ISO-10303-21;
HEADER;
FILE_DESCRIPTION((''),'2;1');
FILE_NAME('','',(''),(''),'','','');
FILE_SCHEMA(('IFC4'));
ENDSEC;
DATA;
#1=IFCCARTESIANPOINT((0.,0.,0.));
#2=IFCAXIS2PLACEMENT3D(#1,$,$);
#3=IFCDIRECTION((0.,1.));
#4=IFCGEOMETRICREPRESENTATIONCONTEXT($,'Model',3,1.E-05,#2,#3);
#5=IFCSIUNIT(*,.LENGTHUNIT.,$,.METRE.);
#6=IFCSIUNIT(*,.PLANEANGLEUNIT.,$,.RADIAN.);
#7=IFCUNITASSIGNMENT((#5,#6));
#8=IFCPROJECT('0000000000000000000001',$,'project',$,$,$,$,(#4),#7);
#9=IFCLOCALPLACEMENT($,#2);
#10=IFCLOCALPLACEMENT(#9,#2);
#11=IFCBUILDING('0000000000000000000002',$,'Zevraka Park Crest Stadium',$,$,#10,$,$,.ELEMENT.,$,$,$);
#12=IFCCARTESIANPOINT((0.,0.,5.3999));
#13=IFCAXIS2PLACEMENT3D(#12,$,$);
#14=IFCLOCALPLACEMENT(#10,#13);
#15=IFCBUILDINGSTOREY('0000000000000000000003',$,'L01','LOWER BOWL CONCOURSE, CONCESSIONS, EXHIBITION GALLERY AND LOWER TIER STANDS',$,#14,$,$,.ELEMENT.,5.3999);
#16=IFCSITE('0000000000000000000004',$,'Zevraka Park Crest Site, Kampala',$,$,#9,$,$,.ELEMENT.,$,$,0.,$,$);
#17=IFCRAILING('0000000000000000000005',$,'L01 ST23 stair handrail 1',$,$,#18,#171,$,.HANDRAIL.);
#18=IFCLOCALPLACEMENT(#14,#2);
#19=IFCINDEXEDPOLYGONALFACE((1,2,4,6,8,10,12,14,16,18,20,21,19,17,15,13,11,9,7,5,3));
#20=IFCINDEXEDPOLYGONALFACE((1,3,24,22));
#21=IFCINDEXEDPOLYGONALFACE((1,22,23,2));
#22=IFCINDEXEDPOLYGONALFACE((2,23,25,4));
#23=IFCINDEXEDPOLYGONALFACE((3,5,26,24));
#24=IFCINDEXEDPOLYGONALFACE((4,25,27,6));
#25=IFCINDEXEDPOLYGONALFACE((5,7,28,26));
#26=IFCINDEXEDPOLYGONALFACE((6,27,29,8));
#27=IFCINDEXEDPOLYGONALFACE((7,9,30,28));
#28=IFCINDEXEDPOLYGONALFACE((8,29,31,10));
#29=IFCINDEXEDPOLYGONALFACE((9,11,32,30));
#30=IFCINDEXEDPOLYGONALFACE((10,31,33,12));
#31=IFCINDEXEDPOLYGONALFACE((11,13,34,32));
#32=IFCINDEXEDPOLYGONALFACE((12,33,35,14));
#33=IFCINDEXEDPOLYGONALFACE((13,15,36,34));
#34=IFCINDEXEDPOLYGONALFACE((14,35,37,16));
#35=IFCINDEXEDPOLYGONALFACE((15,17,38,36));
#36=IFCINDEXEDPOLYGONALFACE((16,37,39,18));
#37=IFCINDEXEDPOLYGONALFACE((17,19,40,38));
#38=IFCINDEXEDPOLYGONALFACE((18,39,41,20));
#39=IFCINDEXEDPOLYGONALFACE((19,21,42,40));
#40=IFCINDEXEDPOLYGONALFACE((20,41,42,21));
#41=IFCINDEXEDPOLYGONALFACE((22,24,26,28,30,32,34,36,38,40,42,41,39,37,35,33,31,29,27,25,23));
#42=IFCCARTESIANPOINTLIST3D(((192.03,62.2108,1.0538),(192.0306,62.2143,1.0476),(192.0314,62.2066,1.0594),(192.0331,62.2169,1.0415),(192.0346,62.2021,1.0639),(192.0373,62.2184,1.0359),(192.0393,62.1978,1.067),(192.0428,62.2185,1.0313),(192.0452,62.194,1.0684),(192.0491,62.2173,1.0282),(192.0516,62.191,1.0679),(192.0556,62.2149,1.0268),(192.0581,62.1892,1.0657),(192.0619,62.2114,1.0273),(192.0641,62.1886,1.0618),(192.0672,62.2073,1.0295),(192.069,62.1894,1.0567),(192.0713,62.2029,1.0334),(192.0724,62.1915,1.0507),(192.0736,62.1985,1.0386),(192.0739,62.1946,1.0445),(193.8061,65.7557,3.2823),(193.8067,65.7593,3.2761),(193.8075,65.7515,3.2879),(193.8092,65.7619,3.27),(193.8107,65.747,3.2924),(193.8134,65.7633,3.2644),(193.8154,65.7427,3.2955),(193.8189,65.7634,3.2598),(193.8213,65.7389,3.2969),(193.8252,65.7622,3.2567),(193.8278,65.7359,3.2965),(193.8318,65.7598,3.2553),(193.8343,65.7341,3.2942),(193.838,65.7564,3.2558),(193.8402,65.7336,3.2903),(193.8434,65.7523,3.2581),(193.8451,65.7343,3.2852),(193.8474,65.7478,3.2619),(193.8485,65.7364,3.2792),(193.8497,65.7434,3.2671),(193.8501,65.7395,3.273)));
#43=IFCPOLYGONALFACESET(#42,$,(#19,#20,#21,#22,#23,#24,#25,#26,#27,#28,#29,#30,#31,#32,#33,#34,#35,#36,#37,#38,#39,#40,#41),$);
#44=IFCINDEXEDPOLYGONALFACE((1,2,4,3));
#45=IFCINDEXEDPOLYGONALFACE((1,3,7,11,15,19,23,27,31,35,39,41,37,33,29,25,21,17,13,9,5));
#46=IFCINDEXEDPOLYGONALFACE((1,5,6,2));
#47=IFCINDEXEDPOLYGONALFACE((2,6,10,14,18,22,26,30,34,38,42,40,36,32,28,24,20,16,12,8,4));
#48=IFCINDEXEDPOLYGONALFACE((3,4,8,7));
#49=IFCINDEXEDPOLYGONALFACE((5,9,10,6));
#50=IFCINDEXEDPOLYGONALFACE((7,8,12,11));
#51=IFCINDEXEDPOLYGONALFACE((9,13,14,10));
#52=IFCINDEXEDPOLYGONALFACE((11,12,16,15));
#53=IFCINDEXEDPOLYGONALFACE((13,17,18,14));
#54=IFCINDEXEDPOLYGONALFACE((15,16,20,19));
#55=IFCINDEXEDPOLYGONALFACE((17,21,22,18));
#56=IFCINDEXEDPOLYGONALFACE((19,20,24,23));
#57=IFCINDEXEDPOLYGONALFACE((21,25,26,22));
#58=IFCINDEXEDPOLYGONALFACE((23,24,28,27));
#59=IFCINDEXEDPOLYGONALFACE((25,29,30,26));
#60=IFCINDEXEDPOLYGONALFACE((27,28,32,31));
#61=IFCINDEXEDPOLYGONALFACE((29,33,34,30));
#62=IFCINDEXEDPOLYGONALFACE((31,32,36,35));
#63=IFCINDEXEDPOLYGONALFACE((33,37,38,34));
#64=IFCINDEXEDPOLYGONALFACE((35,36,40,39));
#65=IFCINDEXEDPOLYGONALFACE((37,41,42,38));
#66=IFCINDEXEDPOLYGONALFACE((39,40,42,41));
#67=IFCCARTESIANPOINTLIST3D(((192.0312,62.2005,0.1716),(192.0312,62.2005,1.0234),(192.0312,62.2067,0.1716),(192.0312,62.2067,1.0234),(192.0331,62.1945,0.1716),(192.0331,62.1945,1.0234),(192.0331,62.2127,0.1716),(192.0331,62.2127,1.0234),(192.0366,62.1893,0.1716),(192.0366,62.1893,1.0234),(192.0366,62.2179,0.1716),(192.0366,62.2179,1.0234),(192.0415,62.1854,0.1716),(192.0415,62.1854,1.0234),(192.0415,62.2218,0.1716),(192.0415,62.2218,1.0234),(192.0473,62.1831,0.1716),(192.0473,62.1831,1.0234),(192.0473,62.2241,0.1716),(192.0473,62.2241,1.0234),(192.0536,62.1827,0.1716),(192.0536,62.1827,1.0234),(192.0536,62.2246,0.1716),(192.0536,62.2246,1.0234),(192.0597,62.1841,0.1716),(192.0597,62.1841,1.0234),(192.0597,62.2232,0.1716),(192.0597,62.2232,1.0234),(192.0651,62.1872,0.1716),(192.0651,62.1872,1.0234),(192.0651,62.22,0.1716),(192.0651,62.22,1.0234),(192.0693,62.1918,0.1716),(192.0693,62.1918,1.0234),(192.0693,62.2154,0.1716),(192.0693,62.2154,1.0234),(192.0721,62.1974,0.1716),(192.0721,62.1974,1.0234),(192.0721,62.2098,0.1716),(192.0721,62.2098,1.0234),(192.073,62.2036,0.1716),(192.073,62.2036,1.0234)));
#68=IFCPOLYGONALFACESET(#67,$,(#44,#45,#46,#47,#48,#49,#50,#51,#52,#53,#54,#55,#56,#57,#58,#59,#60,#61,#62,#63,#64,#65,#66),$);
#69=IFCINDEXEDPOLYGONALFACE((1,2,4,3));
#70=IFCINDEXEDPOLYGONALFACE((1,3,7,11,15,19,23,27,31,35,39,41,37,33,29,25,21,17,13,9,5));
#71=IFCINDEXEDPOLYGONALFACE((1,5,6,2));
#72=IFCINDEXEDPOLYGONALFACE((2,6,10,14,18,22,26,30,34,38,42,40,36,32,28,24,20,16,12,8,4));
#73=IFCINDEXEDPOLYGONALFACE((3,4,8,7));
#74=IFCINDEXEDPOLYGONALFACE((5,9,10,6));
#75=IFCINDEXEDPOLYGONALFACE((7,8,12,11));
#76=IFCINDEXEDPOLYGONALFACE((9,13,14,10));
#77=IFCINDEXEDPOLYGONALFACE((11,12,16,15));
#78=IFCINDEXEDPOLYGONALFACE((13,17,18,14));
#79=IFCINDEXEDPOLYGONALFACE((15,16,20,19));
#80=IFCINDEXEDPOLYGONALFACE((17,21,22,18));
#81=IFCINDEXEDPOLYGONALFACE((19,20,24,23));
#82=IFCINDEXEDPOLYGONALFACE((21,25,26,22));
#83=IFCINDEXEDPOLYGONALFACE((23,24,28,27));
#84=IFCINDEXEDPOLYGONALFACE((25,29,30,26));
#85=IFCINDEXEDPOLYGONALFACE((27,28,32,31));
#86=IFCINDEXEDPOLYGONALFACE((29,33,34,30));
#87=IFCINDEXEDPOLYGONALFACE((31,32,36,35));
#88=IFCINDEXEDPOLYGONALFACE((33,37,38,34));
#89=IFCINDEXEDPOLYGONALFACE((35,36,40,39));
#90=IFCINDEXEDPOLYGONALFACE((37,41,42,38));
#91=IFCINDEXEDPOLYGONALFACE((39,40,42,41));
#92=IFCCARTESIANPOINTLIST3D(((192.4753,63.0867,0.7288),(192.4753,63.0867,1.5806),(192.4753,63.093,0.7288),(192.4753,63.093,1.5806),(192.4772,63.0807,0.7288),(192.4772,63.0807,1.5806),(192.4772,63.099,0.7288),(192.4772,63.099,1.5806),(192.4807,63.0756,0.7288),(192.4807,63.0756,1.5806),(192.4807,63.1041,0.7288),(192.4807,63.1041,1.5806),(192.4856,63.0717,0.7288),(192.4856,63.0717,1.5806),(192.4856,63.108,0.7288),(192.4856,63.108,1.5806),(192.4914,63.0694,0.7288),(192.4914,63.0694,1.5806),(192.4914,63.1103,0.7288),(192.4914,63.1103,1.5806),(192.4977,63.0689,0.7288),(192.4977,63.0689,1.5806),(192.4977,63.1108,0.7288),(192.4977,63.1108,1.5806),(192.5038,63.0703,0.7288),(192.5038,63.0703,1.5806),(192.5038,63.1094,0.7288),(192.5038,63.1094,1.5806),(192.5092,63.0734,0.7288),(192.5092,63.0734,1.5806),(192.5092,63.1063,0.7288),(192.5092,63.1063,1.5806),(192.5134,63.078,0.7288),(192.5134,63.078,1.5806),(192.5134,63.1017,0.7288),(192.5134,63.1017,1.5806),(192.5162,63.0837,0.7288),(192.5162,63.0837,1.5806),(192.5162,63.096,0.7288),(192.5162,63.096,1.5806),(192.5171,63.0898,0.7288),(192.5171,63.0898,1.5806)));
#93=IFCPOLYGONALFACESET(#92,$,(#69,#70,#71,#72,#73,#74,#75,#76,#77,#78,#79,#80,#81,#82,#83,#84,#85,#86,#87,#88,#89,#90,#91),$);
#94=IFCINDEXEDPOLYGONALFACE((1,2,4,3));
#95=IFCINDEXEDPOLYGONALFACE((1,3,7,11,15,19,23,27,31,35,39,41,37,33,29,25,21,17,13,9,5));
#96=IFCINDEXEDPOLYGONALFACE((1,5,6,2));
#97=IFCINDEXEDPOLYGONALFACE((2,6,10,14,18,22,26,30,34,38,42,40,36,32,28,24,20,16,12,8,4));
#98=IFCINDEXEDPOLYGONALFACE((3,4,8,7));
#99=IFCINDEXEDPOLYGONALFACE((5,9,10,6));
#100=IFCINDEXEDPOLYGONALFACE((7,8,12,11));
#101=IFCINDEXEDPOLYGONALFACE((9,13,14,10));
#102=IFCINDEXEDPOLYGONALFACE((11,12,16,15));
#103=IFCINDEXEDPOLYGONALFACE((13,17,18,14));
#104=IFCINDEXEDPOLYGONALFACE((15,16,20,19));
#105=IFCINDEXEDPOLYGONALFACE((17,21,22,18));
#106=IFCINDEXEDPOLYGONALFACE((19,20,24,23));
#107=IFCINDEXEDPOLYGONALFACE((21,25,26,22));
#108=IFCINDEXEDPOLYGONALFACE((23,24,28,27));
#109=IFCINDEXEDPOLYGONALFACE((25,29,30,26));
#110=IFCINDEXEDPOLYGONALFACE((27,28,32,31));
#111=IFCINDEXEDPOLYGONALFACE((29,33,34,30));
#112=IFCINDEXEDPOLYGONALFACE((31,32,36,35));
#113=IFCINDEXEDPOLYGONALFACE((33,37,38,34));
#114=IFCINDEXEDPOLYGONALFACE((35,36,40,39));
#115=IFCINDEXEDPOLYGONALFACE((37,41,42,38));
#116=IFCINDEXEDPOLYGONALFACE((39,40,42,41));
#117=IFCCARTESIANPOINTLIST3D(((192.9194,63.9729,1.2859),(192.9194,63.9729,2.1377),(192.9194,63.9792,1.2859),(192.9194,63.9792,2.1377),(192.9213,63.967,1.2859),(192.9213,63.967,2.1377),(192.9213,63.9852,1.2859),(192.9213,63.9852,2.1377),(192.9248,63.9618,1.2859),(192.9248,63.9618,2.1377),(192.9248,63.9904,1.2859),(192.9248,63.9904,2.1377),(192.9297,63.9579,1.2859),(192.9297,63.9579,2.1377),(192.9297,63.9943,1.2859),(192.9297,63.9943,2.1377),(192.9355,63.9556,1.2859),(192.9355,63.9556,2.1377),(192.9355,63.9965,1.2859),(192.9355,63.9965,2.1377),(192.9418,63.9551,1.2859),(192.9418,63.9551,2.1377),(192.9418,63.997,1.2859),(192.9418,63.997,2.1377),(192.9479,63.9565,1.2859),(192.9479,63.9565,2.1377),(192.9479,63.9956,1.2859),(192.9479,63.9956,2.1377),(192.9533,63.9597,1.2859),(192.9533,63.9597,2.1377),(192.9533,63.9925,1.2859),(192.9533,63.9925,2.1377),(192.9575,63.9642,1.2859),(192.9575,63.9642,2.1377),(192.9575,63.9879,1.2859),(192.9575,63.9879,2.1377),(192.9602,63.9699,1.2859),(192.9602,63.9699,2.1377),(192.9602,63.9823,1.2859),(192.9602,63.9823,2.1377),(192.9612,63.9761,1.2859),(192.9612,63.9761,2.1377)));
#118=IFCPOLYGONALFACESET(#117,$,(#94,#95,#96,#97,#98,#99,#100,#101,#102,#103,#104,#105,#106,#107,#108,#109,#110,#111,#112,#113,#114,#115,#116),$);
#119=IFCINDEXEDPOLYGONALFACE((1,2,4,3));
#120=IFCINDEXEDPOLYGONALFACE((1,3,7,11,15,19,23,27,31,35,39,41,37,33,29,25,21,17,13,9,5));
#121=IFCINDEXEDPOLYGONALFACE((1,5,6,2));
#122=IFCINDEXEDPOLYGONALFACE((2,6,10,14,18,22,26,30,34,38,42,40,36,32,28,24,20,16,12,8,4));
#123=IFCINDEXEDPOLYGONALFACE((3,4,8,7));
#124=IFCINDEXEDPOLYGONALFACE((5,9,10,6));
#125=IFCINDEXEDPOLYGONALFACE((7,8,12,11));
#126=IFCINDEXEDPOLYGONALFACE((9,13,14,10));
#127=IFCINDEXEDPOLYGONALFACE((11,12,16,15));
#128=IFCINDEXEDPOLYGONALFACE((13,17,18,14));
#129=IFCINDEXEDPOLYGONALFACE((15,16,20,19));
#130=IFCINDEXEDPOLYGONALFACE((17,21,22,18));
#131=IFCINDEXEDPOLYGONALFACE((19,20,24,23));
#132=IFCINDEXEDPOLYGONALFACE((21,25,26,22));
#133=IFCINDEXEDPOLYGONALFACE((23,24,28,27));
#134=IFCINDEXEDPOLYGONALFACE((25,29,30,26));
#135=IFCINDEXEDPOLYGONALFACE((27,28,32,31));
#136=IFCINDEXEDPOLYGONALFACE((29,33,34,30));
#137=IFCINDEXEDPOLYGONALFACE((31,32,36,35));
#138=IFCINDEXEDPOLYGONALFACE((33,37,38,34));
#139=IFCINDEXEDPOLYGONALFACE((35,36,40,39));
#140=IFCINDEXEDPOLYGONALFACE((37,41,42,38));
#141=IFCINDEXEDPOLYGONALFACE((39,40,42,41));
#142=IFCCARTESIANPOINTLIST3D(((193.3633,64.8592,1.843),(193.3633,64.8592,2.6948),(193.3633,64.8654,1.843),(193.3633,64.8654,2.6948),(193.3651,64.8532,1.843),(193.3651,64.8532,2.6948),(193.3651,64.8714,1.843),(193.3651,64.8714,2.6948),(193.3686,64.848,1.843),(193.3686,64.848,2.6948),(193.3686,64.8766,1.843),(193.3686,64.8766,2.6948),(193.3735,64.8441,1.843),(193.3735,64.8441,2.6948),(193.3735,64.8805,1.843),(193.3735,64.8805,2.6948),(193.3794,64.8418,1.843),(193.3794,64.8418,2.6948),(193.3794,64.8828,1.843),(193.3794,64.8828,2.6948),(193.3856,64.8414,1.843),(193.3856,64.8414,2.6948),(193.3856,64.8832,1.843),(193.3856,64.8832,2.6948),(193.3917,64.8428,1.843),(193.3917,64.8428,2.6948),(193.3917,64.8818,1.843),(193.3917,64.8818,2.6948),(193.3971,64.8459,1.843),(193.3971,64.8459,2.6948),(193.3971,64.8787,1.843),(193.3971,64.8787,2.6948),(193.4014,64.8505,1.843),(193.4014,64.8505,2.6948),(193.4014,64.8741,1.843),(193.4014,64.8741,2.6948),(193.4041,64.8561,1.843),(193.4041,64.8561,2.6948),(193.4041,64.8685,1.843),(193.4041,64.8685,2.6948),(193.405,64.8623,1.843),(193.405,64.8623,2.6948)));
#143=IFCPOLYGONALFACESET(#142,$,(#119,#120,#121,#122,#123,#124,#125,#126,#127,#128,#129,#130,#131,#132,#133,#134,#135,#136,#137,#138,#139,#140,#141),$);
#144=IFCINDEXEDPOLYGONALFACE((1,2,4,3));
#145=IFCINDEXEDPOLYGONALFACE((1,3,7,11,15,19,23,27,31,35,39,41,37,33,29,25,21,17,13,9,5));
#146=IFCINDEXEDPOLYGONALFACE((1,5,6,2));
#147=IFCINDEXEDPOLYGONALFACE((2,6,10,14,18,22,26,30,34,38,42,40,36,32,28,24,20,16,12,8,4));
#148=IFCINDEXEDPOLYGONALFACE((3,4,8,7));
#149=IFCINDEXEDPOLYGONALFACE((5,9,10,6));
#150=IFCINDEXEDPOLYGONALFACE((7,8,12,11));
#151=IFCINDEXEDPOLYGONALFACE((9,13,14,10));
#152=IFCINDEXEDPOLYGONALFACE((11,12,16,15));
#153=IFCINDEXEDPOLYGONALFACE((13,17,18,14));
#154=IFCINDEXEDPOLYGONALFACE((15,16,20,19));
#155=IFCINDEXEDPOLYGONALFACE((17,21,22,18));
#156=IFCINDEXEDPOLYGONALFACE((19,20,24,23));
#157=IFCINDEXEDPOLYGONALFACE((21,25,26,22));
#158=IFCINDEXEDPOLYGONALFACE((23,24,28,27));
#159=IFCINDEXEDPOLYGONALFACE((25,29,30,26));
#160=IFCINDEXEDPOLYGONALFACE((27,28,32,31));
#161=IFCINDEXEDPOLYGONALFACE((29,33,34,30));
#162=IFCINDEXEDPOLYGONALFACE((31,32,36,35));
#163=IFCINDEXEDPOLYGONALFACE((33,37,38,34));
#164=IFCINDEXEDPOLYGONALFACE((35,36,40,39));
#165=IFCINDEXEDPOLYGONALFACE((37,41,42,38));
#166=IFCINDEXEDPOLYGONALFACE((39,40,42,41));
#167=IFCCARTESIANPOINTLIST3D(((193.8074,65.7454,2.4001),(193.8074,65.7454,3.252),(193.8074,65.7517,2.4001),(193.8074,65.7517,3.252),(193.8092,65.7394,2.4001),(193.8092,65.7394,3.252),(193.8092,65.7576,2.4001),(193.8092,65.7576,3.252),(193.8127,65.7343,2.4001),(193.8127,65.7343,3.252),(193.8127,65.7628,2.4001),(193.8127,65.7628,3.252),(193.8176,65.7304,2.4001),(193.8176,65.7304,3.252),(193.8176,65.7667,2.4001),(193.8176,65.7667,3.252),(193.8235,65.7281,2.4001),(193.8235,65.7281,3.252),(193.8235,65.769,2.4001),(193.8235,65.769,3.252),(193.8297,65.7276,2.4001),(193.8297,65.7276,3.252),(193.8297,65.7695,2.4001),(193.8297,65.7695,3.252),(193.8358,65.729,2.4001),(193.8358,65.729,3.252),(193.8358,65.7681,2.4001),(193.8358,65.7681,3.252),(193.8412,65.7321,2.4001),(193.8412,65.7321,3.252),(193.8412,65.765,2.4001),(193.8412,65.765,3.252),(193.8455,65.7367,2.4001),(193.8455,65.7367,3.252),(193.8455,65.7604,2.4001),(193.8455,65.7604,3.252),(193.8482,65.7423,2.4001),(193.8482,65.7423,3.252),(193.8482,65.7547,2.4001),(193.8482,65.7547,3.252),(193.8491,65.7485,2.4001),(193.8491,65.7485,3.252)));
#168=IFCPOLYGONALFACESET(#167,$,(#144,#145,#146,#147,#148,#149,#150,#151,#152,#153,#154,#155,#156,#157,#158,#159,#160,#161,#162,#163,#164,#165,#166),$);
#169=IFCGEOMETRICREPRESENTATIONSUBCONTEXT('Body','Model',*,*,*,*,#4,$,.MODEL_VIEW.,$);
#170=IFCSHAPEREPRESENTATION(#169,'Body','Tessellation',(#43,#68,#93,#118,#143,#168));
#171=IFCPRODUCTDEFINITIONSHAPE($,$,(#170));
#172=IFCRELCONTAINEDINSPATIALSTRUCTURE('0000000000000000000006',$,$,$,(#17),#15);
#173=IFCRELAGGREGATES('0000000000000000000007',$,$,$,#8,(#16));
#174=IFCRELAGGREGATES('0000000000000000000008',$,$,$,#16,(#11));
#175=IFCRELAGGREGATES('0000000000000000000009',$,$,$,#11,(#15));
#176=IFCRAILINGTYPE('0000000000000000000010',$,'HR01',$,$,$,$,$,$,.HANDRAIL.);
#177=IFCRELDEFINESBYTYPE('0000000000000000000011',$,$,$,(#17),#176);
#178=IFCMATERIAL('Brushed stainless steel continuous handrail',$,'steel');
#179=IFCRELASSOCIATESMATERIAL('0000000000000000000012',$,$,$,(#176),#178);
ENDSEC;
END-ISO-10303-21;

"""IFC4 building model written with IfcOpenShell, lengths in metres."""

from ifc_helpers import new_model, si_unit, direction, frame, origin, origin_2d, place, context, subcontext, project, spatial, circle, extrude, material, type_object, element, save


model = new_model("IFC4")

# Units and contexts
model_context = context("Model", 3, precision=1e-05, world=origin(), true_north=direction((0.0, 1.0)))
body_context = subcontext(model_context, "Body", "Model", "MODEL_VIEW")
ifc_project = project(units=[si_unit("LENGTHUNIT", "METRE"), si_unit("PLANEANGLEUNIT", "RADIAN")], contexts=[model_context])

# Site, building, storey
site_placement = place(None, origin())
site = spatial("IfcSite", under=ifc_project, at=site_placement, Name="Zevraka Park Crest Site, Kampala", CompositionType="ELEMENT", RefElevation=0.0)
building_placement = place(site_placement, origin())
building = spatial("IfcBuilding", under=site, at=building_placement, Name="Zevraka Park Crest Stadium", CompositionType="ELEMENT")
storey_placement = place(building_placement, frame((0.0, 0.0, 5.3999)))
storey = spatial("IfcBuildingStorey", under=building, at=storey_placement, Name="L01", Description="LOWER BOWL CONCOURSE, CONCESSIONS, EXHIBITION GALLERY AND LOWER TIER STANDS", CompositionType="ELEMENT", Elevation=5.3999)

# Railing
ifc_material_1 = material(Name="Brushed stainless steel continuous handrail", Category="steel")
railing_type_1 = type_object("IfcRailingType", Name="HR01", PredefinedType="HANDRAIL", material=ifc_material_1)
railing_1_placement = place(storey_placement, frame((192.052, 62.2036, 0.1716)))
element("IfcRailing", 1, at=railing_1_placement, inside=storey, type_object=railing_type_1, Name="L01 ST23 stair handrail 1", PredefinedType="HANDRAIL", context=body_context, shape_type="SweptSolid", body=[
    extrude(circle(Radius=0.0239, at=origin_2d()), frame((0.0, 0.0, 0.876), z_axis=(0.390499, 0.779389, 0.489963), x_axis=(-0.894057, 0.447952, 0.0)), (0.0, 0.0, 1.0), 4.5483),
    extrude(circle(Radius=0.021, at=origin_2d()), origin(), (0.0, 0.0, 1.0), 0.8518),
    extrude(circle(Radius=0.021, at=origin_2d()), frame((0.4441, 0.8862, 0.5571)), (0.0, 0.0, 1.0), 0.8518),
    extrude(circle(Radius=0.021, at=origin_2d()), frame((0.8882, 1.7725, 1.1143)), (0.0, 0.0, 1.0), 0.8518),
    extrude(circle(Radius=0.021, at=origin_2d()), frame((1.332, 2.6587, 1.6714)), (0.0, 0.0, 1.0), 0.8518),
    extrude(circle(Radius=0.021, at=origin_2d()), frame((1.7761, 3.5449, 2.2285)), (0.0, 0.0, 1.0), 0.8518),
])

save(model, "model.ifc")
